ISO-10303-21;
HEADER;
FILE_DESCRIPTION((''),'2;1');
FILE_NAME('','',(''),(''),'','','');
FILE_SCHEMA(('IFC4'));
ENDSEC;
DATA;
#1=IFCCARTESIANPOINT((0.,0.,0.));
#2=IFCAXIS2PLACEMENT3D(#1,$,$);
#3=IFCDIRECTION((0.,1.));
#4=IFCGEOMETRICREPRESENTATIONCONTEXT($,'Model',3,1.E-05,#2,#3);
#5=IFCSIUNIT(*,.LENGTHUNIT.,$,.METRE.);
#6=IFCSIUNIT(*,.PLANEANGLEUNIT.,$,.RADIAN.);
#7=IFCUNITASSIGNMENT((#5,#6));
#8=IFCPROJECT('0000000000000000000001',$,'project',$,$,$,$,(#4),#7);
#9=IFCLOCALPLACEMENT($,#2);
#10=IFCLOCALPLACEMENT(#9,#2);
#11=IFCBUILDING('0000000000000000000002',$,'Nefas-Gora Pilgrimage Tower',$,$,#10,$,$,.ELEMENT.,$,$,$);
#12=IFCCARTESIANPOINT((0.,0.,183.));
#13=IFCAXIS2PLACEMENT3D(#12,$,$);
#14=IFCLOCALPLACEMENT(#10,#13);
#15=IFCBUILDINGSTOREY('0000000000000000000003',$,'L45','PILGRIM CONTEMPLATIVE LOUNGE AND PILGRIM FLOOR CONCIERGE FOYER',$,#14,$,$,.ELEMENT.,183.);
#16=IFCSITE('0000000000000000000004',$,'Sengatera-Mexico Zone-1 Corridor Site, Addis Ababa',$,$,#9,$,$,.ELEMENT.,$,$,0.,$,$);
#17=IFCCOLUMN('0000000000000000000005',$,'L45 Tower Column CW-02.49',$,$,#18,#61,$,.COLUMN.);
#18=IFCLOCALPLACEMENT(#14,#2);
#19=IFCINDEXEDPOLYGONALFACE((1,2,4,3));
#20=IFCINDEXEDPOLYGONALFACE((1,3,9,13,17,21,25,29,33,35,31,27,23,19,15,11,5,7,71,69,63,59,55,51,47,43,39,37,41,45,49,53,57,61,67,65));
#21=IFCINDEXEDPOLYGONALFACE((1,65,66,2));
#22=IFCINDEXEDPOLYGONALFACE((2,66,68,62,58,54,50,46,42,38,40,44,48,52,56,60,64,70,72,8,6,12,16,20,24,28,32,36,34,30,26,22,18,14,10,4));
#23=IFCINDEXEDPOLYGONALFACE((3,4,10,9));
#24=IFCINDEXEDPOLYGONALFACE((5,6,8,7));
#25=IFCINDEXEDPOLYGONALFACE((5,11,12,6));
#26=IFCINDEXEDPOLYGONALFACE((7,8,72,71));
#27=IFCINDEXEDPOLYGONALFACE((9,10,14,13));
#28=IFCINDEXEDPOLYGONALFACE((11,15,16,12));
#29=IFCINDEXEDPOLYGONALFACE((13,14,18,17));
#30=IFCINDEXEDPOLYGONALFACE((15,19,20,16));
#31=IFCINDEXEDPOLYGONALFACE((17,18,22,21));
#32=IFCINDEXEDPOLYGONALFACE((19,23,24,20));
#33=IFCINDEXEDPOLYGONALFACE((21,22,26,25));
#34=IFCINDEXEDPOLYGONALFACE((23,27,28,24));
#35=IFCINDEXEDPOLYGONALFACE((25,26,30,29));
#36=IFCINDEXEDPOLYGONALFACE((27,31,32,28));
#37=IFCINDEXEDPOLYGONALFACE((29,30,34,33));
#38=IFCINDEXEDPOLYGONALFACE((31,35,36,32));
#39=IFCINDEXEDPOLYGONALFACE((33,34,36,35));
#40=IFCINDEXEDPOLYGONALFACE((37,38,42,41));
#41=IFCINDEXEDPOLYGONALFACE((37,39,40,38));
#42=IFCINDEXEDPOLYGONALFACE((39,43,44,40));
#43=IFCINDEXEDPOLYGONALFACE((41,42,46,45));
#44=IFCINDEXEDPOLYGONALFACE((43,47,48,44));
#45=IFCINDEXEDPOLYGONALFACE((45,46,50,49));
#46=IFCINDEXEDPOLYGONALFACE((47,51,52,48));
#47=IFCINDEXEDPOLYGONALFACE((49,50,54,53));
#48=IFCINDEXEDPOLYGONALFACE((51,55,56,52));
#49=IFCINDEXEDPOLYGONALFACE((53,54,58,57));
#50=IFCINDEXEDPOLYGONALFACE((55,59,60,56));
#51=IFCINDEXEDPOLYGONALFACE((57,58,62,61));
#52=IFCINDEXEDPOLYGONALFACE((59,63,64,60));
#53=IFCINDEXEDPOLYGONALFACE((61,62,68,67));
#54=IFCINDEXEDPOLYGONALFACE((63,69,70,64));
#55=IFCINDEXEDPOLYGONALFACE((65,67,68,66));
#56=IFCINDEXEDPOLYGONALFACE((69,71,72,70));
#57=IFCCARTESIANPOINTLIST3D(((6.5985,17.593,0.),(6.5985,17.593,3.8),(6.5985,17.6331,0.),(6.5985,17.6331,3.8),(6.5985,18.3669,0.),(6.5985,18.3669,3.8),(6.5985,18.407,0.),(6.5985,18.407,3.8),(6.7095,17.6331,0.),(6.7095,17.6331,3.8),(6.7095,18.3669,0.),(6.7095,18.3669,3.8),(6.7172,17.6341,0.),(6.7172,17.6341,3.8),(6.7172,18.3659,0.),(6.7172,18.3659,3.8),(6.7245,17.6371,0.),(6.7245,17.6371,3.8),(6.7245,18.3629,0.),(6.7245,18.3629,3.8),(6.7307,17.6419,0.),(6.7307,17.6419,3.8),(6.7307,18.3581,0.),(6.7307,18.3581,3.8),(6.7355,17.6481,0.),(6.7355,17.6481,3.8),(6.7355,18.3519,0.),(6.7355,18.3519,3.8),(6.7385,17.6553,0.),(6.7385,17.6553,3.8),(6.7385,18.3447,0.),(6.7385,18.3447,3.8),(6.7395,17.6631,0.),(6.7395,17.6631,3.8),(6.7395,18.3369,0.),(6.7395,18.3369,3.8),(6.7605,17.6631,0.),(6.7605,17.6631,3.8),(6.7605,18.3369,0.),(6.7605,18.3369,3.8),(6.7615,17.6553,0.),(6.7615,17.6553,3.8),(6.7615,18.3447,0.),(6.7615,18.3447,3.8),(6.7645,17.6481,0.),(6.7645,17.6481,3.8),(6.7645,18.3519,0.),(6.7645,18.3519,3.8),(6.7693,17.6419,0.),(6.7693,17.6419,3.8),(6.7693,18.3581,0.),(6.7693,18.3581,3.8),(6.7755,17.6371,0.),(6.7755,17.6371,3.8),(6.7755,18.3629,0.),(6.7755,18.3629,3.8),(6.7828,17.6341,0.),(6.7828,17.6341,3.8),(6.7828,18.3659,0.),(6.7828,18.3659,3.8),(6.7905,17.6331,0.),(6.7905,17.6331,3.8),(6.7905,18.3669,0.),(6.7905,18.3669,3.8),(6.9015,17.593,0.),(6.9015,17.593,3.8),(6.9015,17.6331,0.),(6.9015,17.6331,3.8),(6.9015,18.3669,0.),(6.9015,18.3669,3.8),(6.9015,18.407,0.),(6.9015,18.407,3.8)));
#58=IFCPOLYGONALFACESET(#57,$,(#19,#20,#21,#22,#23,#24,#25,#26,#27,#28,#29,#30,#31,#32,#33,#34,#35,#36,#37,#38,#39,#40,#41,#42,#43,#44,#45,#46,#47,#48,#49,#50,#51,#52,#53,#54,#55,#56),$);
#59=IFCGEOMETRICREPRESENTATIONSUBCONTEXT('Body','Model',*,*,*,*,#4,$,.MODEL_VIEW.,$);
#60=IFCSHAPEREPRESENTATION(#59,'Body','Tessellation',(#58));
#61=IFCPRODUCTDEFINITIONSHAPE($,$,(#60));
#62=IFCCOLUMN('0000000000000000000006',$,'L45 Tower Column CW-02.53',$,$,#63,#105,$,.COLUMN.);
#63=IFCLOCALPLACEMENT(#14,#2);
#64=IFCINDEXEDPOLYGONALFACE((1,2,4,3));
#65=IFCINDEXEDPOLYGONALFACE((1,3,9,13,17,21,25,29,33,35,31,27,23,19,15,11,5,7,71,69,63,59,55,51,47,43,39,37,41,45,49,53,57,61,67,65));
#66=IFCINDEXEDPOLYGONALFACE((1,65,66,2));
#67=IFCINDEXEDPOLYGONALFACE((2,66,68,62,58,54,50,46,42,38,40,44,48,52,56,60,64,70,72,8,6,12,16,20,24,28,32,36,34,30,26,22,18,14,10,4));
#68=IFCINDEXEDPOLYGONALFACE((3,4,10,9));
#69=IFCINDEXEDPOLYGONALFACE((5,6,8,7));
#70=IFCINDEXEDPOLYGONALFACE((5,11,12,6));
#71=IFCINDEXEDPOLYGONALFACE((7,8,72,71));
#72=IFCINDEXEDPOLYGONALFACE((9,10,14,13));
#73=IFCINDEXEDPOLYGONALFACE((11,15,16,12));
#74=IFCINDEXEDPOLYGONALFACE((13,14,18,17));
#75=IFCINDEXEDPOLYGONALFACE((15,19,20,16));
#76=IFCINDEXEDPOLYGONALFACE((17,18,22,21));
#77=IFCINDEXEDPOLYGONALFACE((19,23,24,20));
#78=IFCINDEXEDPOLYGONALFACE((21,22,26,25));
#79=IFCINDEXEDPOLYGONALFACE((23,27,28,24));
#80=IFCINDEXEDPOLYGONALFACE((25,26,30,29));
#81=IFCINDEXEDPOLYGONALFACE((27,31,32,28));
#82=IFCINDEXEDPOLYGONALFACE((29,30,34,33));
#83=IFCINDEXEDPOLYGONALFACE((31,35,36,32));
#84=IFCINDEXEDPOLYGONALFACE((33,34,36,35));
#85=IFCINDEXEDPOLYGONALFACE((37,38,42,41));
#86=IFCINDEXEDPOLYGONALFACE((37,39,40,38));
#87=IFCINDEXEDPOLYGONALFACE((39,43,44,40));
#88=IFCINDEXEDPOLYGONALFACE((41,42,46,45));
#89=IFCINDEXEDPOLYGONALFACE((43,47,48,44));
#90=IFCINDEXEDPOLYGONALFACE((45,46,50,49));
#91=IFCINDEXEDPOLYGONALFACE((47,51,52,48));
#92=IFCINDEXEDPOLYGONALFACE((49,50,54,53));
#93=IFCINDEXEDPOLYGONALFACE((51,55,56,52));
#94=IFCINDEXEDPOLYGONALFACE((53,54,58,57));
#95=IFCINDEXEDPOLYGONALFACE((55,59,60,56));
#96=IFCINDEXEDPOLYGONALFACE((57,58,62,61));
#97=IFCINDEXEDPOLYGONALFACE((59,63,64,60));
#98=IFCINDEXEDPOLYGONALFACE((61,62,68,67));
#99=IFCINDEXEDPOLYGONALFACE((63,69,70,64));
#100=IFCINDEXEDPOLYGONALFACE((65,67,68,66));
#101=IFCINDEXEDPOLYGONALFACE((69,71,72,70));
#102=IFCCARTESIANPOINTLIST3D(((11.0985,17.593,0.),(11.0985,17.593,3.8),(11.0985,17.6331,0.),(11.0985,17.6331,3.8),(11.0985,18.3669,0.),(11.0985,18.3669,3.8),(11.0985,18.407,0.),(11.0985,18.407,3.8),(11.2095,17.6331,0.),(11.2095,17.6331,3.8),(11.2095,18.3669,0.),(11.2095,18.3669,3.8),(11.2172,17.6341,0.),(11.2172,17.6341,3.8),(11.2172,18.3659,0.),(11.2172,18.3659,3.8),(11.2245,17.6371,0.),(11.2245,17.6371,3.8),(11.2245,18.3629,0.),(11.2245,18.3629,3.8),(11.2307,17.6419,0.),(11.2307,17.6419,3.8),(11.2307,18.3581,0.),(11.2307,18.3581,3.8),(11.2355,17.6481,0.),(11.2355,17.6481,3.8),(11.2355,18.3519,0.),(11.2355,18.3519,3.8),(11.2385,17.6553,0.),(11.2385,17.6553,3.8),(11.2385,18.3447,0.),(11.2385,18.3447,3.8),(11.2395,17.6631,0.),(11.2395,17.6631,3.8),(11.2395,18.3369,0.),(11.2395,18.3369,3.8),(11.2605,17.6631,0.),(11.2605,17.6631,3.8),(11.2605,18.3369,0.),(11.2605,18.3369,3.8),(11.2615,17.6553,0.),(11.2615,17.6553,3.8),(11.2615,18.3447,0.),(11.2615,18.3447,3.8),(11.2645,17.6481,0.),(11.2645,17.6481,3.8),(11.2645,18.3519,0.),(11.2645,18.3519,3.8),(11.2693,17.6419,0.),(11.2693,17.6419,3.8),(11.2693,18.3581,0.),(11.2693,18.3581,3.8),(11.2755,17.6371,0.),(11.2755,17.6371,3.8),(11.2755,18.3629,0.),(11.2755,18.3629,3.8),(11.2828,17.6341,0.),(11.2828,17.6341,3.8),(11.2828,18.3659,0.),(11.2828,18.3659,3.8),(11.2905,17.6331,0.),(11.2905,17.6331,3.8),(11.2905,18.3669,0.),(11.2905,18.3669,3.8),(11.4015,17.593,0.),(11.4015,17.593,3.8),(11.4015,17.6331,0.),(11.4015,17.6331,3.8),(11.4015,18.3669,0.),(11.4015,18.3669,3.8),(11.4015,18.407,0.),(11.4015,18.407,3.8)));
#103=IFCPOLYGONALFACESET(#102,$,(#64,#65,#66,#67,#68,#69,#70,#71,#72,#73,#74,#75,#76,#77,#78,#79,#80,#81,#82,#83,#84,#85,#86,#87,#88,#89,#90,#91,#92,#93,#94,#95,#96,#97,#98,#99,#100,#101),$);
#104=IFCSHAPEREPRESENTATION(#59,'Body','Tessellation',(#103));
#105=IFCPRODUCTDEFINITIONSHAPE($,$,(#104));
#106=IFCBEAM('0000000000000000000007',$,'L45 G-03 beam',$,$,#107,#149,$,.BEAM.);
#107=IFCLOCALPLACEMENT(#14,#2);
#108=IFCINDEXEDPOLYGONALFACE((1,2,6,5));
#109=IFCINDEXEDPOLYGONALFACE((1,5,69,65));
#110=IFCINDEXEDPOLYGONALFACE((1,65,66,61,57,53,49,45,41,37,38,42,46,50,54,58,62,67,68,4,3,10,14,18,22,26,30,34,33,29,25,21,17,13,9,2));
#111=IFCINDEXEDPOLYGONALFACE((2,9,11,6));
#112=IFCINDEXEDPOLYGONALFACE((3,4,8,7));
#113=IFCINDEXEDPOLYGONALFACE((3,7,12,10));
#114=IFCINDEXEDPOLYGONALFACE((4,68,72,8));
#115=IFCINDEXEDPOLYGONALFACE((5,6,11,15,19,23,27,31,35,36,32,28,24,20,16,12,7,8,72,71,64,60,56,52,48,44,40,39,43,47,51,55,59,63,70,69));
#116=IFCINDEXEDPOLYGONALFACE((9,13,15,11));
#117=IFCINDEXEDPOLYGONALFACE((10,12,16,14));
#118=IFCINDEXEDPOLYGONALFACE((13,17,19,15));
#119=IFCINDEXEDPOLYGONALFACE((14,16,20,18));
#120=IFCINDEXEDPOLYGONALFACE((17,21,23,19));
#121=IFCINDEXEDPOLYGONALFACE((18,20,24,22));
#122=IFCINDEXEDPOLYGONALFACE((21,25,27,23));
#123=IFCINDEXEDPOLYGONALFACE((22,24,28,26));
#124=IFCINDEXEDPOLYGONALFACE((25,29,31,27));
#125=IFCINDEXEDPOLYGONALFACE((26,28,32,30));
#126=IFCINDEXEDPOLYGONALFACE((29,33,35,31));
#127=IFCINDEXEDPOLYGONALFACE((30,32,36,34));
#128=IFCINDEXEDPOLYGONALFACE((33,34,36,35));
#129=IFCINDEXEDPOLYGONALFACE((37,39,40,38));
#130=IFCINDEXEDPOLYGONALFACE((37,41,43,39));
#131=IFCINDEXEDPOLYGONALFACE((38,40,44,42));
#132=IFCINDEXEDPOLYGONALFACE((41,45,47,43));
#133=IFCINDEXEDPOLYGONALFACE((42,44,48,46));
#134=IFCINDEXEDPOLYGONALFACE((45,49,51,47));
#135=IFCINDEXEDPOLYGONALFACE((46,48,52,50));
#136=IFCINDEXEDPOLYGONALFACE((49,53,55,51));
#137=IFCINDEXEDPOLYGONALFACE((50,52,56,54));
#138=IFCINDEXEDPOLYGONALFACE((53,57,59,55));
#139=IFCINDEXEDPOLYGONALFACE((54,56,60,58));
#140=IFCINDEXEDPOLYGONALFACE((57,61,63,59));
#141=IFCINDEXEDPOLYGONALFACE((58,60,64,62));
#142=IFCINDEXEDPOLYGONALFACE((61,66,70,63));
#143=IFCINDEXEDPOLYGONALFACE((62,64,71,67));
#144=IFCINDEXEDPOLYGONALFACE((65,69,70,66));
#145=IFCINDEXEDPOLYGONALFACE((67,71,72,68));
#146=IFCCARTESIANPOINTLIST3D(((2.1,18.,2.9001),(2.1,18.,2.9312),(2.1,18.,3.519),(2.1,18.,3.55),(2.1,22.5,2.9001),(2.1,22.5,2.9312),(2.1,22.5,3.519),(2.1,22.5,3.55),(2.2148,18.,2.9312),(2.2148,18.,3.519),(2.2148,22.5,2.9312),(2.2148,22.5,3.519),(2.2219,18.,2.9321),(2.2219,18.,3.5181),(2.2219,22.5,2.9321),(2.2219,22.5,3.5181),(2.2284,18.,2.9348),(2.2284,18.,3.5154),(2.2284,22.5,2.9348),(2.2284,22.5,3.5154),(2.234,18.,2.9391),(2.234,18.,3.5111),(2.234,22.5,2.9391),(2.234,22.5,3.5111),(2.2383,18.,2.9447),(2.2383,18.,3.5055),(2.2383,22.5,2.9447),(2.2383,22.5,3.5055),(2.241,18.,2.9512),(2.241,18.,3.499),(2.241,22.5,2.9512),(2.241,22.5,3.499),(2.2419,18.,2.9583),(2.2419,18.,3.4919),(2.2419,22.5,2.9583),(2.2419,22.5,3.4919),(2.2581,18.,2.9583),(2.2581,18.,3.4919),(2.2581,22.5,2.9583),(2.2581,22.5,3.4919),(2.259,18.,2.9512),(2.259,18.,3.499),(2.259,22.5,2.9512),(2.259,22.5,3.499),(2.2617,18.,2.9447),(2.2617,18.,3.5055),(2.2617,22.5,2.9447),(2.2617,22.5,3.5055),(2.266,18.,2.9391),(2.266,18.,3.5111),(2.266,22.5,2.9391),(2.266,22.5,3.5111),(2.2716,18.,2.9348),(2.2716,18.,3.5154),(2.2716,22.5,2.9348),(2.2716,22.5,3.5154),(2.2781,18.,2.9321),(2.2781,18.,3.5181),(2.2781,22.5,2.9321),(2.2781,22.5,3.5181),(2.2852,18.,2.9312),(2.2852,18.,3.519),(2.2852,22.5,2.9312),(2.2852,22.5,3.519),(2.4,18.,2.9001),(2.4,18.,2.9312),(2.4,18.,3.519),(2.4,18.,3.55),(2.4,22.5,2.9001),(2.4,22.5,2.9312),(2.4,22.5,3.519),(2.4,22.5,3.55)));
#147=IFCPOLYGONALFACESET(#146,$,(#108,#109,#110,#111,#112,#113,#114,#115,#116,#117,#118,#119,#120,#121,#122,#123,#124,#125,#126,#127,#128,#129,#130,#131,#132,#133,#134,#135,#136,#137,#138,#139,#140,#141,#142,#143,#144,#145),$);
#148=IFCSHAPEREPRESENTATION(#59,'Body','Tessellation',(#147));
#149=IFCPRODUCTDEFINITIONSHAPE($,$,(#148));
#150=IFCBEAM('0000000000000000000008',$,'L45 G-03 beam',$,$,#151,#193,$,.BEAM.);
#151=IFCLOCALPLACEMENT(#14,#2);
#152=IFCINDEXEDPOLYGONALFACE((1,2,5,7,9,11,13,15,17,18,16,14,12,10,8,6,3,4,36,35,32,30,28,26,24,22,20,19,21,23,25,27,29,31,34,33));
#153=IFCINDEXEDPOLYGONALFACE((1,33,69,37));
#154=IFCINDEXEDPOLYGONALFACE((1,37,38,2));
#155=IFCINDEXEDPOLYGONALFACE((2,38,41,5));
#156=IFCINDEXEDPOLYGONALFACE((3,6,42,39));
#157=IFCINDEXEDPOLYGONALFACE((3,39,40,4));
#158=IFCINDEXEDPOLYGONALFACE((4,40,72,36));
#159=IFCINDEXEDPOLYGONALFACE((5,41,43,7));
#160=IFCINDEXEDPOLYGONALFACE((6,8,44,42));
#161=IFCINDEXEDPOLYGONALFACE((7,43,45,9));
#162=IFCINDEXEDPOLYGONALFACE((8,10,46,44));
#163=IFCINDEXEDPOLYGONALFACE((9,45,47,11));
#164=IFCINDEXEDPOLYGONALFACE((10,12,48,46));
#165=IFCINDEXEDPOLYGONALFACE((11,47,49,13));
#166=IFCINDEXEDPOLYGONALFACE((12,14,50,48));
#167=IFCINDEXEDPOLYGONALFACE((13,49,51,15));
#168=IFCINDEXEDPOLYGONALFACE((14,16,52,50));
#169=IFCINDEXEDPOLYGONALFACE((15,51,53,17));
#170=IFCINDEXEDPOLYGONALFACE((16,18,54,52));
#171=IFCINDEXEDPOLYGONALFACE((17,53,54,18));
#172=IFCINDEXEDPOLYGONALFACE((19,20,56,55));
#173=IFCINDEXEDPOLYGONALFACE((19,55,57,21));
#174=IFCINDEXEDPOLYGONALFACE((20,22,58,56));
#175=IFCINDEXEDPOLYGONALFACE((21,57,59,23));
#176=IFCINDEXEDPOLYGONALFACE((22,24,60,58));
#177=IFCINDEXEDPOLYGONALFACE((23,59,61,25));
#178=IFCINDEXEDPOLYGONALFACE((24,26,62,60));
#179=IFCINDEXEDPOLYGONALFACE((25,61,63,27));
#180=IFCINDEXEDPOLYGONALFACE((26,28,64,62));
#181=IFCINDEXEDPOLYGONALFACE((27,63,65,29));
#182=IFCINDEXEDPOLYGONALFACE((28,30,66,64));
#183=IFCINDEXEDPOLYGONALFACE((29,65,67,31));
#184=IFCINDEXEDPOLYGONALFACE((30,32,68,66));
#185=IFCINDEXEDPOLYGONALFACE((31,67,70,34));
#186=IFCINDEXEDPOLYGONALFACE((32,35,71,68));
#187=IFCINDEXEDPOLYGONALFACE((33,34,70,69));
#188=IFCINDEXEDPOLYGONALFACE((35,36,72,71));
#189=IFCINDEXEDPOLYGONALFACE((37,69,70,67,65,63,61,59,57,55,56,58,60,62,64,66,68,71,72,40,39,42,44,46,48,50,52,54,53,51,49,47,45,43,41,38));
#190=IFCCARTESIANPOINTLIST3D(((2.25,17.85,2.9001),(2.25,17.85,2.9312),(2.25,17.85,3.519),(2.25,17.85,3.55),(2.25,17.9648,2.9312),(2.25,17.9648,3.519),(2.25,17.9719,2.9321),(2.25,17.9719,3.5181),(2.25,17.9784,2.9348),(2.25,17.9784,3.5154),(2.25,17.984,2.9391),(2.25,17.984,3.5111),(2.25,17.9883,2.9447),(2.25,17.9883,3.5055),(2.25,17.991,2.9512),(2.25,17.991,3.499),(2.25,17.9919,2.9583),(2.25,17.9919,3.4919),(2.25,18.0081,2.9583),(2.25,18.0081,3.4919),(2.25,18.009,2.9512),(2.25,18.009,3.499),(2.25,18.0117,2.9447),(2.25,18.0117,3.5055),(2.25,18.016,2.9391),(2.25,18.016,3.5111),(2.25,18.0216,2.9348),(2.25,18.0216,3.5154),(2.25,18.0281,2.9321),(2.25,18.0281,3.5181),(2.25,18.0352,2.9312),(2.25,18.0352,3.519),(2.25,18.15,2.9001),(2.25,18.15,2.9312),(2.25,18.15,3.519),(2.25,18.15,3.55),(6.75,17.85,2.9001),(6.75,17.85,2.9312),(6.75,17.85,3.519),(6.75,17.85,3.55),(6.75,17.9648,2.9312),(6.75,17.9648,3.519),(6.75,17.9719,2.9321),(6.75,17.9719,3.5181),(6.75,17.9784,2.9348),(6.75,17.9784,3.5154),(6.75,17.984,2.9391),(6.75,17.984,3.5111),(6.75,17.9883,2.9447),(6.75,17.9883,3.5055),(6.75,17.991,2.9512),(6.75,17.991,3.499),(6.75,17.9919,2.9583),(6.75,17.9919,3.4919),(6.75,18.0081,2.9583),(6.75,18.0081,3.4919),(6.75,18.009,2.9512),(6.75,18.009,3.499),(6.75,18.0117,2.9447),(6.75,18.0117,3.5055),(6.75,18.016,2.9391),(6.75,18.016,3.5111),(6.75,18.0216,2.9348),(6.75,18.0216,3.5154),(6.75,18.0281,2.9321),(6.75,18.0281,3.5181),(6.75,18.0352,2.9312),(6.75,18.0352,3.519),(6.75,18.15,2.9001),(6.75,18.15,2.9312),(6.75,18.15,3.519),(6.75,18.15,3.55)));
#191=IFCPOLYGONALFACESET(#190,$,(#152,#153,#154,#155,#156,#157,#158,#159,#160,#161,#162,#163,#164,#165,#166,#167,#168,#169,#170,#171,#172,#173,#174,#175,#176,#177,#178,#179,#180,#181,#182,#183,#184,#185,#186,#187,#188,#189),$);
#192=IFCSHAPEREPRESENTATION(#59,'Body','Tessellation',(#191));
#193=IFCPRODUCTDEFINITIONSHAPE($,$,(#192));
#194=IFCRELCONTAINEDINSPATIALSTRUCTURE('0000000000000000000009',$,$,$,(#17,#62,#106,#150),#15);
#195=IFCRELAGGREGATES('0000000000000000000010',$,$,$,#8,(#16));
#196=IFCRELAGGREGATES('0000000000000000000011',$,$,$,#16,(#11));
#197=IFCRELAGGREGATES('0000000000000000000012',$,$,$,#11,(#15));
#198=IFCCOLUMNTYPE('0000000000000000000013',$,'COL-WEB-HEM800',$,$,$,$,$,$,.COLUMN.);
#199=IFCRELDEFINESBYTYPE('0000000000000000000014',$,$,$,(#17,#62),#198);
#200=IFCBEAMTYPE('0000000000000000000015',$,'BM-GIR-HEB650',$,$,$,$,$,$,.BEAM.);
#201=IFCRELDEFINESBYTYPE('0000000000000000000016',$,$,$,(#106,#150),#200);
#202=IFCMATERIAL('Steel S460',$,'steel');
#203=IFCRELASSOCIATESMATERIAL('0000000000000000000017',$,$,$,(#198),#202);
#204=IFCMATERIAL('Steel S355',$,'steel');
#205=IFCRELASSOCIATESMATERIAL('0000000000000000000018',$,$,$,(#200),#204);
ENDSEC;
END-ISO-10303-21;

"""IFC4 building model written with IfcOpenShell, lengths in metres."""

from ifc_helpers import new_model, si_unit, direction, frame, origin, origin_2d, place, context, subcontext, project, spatial, i_section, extrude, source, transform, mapped, material, material_profile, profile_set, type_object, element, save


model = new_model("IFC4")

# Units and contexts
model_context = context("Model", 3, precision=1e-05, world=origin(), true_north=direction((0.0, 1.0)))
body_context = subcontext(model_context, "Body", "Model", "MODEL_VIEW")
ifc_project = project(units=[si_unit("LENGTHUNIT", "METRE"), si_unit("PLANEANGLEUNIT", "RADIAN")], contexts=[model_context])

# Site, building, storey
site_placement = place(None, origin())
site = spatial("IfcSite", under=ifc_project, at=site_placement, Name="Sengatera-Mexico Zone-1 Corridor Site, Addis Ababa", CompositionType="ELEMENT", RefElevation=0.0)
building_placement = place(site_placement, origin())
building = spatial("IfcBuilding", under=site, at=building_placement, Name="Nefas-Gora Pilgrimage Tower", CompositionType="ELEMENT")
storey_placement = place(building_placement, frame((0.0, 0.0, 183.0)))
storey = spatial("IfcBuildingStorey", under=building, at=storey_placement, Name="L45", Description="PILGRIM CONTEMPLATIVE LOUNGE AND PILGRIM FLOOR CONCIERGE FOYER", CompositionType="ELEMENT", Elevation=183.0)

# Columns
ifc_material_1 = material(Name="Steel S460", Category="steel")
ifc_material_profile_1 = material_profile(ifc_material_1, i_section(OverallWidth=0.303, OverallDepth=0.814, WebThickness=0.021, FlangeThickness=0.04, FilletRadius=0.03, at=origin_2d()), Name="HEM 800")
ifc_profile_set_1 = profile_set([ifc_material_profile_1], Name="Steel S460")
column_type_1 = type_object("IfcColumnType", Name="COL-WEB-HEM800", PredefinedType="COLUMN", material=ifc_profile_set_1)
shared_shape_1 = source(origin(), body_context, "Body", "SweptSolid", [
    extrude(i_section(OverallWidth=0.303, OverallDepth=0.814, WebThickness=0.021, FlangeThickness=0.04, FilletRadius=0.03, at=origin_2d()), origin(), (0.0, 0.0, 1.0), 3.8),
])
for number, where, z_axis, x_axis, name in (
    (1, (6.75, 18.0, 0.0), (0.0, 0.0, 1.0), (1.0, 0.0, 0.0), "L45 Tower Column CW-02.49"),
    (2, (11.25, 18.0, 0.0), (0.0, 0.0, 1.0), (1.0, 0.0, 0.0), "L45 Tower Column CW-02.53"),
):
    element("IfcColumn", number, at=place(storey_placement, frame(where, z_axis=z_axis, x_axis=x_axis)), inside=storey, type_object=column_type_1, Name=name, PredefinedType="COLUMN", context=body_context, shape_type="MappedRepresentation", body=[
        mapped(shared_shape_1, transform((0.0, 0.0, 0.0), x_axis=(1.0, 0.0, 0.0), y_axis=(0.0, 1.0, 0.0), z_axis=(0.0, 0.0, 1.0), scale=1.0)),
    ])

# Beams
ifc_material_2 = material(Name="Steel S355", Category="steel")
ifc_material_profile_2 = material_profile(ifc_material_2, i_section(OverallWidth=0.3, OverallDepth=0.6499, WebThickness=0.0161, FlangeThickness=0.031, FilletRadius=0.0271, at=origin_2d()), Name="HEB 650")
ifc_profile_set_2 = profile_set([ifc_material_profile_2], Name="Steel S355")
beam_type = type_object("IfcBeamType", Name="BM-GIR-HEB650", PredefinedType="BEAM", material=ifc_profile_set_2)
shared_shape_2 = source(origin(), body_context, "Body", "SweptSolid", [
    extrude(i_section(OverallWidth=0.3, OverallDepth=0.6499, WebThickness=0.0161, FlangeThickness=0.031, FilletRadius=0.0271, at=origin_2d()), origin(), (0.0, 0.0, 1.0), 4.5),
])
for number, where, z_axis, x_axis, name in (
    (3, (2.25, 18.0, 3.2251), (0.0, 1.0, 0.0), (-1.0, 0.0, 0.0), "L45 G-03 beam"),
    (4, (2.25, 18.0, 3.2251), (1.0, 0.0, 0.0), (0.0, 1.0, 0.0), "L45 G-03 beam"),
):
    element("IfcBeam", number, at=place(storey_placement, frame(where, z_axis=z_axis, x_axis=x_axis)), inside=storey, type_object=beam_type, Name=name, PredefinedType="BEAM", context=body_context, shape_type="MappedRepresentation", body=[
        mapped(shared_shape_2, transform((0.0, 0.0, 0.0), x_axis=(1.0, 0.0, 0.0), y_axis=(0.0, 1.0, 0.0), z_axis=(0.0, 0.0, 1.0), scale=1.0)),
    ])

save(model, "model.ifc")
